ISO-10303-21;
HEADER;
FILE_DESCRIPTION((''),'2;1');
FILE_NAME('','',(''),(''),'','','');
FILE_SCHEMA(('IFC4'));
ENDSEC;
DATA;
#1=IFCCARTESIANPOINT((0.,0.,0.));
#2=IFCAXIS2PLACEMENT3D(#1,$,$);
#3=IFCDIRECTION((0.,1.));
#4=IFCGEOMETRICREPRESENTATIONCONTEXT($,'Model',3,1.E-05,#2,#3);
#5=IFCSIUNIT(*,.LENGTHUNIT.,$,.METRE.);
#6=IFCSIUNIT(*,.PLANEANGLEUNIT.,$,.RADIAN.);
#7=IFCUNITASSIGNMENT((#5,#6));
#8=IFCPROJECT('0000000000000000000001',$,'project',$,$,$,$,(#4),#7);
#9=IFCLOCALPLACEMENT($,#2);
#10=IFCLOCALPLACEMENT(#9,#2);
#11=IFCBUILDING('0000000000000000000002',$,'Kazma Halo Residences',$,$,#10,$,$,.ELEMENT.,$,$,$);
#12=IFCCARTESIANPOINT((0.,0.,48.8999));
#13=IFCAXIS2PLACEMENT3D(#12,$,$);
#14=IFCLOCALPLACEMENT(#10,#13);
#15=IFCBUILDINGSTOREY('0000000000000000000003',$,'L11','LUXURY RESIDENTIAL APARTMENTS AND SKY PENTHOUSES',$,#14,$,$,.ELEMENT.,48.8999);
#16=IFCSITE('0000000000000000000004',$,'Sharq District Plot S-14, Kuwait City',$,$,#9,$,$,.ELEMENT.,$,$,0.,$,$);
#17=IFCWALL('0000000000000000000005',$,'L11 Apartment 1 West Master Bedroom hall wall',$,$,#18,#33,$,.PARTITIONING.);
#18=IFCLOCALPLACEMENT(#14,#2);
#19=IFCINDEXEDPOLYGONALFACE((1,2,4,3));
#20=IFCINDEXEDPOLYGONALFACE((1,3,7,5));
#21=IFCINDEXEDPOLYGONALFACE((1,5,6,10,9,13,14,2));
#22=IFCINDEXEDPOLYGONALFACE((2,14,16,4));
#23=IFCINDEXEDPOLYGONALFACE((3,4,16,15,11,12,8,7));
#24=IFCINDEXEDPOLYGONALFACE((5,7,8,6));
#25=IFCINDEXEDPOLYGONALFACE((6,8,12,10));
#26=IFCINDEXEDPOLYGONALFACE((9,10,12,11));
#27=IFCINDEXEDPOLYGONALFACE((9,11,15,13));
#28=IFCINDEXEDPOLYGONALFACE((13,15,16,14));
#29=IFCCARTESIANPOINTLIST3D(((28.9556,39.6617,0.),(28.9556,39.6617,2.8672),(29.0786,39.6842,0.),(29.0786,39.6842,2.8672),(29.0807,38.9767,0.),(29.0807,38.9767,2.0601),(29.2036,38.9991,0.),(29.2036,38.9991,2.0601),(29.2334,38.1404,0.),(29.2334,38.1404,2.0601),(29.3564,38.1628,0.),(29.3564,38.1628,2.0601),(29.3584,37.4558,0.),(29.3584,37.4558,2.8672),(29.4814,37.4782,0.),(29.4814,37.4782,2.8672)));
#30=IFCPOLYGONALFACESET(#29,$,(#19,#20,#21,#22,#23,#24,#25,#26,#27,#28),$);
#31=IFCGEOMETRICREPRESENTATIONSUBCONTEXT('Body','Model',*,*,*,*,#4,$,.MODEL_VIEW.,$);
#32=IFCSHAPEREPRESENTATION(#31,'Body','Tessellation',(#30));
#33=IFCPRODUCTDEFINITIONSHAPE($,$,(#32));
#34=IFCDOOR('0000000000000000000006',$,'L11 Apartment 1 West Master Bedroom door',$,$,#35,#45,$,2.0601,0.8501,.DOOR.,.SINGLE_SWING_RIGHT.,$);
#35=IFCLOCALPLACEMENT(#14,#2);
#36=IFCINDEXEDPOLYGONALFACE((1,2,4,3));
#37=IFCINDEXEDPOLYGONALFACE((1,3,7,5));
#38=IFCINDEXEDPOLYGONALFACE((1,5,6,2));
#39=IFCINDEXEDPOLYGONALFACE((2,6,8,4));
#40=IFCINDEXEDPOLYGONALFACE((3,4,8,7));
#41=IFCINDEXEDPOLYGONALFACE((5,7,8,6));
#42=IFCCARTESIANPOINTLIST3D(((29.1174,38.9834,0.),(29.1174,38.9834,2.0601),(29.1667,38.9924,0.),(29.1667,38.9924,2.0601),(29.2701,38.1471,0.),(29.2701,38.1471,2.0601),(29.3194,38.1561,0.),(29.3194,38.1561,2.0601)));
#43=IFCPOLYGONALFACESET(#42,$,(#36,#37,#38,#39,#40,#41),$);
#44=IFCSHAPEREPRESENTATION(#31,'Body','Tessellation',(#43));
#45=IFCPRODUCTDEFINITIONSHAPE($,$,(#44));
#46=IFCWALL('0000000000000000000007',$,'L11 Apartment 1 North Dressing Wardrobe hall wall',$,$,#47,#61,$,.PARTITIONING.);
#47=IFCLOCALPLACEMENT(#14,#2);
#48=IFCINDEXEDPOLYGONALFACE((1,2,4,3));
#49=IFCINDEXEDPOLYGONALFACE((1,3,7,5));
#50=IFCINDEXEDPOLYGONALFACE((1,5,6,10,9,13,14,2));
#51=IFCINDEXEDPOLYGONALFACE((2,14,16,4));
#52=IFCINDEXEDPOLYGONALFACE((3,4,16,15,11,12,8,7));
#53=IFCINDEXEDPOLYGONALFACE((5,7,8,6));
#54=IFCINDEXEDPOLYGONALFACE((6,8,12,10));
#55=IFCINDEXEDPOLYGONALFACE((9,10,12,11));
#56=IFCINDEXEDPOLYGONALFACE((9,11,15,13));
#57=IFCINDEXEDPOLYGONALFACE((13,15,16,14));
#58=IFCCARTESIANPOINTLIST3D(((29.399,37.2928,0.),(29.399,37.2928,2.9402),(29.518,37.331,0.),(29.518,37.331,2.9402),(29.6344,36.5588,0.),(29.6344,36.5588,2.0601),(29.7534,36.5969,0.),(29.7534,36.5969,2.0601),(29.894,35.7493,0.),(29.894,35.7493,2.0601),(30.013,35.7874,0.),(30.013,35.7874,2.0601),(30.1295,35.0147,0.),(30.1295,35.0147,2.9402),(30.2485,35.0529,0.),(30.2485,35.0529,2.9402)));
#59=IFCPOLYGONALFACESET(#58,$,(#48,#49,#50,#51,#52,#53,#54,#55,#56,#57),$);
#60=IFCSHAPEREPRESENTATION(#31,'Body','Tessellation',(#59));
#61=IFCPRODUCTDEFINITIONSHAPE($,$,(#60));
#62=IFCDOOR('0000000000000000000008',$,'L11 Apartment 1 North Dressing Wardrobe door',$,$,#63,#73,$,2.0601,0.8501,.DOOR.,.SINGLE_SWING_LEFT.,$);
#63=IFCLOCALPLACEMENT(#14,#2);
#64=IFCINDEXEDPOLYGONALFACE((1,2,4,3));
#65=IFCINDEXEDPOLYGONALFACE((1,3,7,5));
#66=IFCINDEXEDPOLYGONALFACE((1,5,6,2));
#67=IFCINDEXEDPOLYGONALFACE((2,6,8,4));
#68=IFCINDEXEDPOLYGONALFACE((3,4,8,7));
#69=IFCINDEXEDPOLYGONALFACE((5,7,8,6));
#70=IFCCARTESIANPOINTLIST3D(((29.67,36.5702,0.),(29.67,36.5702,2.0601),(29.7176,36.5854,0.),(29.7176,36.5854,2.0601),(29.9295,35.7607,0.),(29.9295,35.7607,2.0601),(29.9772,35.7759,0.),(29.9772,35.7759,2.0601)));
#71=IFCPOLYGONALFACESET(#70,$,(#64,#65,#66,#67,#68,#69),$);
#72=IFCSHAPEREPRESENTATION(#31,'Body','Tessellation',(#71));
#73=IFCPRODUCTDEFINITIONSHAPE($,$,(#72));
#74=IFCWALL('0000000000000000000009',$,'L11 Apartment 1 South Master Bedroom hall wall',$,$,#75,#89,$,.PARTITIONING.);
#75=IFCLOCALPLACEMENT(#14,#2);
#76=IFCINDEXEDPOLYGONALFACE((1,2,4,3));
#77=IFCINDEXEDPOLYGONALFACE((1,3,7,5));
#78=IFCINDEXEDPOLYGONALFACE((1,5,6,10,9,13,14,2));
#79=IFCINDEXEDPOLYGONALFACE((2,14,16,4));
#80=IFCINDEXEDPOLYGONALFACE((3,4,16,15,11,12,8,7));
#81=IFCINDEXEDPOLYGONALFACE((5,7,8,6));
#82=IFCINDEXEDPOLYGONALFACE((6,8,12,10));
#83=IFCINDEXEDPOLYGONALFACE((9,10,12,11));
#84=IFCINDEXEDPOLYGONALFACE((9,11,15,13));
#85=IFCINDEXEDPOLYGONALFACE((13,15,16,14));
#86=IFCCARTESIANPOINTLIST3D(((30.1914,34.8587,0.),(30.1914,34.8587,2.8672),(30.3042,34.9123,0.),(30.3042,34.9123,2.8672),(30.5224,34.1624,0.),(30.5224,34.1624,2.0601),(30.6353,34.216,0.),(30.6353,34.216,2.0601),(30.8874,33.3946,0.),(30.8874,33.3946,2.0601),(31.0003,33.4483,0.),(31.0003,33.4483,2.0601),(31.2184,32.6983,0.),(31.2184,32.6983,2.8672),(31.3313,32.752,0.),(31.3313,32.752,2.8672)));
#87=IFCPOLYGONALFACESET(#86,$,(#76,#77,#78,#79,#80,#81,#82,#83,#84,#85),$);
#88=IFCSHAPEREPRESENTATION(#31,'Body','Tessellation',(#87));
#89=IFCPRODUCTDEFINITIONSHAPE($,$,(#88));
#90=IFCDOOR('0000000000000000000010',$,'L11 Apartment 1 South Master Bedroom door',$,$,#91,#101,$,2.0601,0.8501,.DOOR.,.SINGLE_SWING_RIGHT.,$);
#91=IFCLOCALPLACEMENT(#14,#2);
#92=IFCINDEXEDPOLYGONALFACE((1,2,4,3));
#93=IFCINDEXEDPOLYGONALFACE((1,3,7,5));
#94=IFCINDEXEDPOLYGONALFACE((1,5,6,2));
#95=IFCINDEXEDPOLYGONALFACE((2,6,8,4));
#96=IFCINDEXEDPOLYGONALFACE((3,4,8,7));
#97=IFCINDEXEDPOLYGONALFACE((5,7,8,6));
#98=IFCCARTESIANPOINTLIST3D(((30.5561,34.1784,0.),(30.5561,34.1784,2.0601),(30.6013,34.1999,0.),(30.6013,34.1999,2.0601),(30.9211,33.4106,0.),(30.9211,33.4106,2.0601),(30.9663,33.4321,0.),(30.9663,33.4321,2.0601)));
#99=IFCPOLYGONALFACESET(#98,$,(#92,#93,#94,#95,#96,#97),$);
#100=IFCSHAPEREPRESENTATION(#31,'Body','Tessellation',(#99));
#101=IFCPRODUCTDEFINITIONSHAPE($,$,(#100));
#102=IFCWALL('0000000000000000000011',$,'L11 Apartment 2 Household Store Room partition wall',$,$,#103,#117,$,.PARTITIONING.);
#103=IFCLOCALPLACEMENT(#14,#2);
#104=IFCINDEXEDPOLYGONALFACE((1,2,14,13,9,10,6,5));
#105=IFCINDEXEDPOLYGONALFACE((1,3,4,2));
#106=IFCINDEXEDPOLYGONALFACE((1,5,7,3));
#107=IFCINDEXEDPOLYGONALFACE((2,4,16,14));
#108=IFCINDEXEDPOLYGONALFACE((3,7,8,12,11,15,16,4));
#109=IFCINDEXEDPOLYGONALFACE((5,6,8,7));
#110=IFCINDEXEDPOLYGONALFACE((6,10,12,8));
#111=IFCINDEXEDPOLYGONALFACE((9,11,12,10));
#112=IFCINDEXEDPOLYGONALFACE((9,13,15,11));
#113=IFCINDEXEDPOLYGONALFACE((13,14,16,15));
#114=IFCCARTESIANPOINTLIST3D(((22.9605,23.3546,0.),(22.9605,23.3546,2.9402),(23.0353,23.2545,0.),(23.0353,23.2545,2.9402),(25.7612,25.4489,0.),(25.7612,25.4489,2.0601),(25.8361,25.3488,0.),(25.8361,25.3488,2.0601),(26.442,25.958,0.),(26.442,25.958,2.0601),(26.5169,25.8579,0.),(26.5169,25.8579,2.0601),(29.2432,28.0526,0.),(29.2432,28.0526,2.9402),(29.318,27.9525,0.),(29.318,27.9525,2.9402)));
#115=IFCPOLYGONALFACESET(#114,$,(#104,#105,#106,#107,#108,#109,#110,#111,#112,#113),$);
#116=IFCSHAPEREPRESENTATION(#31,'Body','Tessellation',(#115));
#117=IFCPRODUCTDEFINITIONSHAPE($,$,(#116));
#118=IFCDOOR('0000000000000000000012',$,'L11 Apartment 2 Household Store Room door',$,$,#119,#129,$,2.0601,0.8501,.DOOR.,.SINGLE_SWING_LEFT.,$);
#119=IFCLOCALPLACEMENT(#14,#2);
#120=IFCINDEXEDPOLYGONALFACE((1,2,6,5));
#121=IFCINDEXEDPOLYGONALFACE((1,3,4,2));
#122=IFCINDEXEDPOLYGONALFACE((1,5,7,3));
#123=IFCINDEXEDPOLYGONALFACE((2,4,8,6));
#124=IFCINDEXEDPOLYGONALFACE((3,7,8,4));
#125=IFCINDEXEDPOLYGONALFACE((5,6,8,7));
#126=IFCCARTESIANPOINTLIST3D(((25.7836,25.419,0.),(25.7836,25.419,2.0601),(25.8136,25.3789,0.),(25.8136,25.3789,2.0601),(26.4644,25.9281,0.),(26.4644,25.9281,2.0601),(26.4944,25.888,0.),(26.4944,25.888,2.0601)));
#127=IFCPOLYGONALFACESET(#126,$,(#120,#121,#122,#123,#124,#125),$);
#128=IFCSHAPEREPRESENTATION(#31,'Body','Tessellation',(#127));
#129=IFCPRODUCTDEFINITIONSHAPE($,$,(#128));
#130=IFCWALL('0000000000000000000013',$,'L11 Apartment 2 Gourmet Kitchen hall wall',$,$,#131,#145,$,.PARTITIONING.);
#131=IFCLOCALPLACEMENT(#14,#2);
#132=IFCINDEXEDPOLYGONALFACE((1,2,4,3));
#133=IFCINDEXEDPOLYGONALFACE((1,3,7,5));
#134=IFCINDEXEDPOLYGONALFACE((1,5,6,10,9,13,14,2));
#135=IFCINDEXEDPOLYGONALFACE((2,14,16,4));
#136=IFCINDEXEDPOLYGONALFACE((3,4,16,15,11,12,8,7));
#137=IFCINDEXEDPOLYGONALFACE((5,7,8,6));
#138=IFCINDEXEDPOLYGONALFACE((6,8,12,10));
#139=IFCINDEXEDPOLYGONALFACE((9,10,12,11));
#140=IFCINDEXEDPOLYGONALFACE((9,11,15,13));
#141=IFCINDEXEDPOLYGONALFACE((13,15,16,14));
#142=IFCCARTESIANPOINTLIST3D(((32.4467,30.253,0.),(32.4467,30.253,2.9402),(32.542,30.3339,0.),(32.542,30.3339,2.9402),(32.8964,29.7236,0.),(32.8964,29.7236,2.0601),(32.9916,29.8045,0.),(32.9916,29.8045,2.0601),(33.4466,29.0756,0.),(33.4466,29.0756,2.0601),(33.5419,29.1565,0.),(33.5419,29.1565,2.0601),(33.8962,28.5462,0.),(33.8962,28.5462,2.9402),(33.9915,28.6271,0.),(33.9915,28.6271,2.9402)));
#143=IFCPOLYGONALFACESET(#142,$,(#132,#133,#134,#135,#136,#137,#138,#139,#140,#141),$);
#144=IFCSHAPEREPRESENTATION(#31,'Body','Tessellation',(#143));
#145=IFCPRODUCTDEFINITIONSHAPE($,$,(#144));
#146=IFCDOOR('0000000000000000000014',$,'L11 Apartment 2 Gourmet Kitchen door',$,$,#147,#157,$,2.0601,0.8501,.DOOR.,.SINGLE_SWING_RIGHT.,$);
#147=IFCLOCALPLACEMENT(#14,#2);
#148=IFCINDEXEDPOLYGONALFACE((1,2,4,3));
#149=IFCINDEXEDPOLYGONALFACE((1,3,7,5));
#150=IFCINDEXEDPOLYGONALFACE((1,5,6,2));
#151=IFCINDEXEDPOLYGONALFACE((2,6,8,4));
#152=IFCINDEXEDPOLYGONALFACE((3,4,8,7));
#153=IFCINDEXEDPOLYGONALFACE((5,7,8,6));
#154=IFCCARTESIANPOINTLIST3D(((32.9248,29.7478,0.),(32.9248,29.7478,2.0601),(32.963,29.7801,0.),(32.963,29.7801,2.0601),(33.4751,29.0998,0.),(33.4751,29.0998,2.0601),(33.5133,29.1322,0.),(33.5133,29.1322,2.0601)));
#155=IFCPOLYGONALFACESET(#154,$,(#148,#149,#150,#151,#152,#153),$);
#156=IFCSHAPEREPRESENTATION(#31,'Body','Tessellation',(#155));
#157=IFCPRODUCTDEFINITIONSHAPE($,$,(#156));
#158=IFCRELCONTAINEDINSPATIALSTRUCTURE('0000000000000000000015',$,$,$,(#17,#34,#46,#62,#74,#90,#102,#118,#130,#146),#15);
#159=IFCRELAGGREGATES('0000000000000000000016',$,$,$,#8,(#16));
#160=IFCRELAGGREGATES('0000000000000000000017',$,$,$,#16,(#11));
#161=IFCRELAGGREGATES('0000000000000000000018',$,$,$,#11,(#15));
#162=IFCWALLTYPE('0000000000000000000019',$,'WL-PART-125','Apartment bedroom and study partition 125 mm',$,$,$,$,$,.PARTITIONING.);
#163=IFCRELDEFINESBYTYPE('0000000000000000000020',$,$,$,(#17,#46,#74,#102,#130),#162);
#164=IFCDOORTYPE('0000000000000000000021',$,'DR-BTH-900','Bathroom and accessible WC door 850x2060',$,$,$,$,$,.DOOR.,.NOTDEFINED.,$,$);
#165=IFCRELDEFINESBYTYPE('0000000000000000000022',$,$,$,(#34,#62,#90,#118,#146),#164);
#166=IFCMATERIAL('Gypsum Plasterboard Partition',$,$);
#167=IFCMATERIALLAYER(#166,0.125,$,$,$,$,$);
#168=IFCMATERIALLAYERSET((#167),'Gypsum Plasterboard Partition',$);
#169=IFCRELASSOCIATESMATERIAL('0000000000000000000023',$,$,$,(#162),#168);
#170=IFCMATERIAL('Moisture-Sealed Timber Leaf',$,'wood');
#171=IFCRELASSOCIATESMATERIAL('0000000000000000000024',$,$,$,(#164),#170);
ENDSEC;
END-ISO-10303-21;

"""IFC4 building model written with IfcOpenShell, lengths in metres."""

from ifc_helpers import new_model, si_unit, direction, frame, frame_2d, origin, place, context, subcontext, project, spatial, rectangle, extrude, material, layer, layer_set, type_object, element, fill, save


model = new_model("IFC4")

# Units and contexts
model_context = context("Model", 3, precision=1e-05, world=origin(), true_north=direction((0.0, 1.0)))
body_context = subcontext(model_context, "Body", "Model", "MODEL_VIEW")
ifc_project = project(units=[si_unit("LENGTHUNIT", "METRE"), si_unit("PLANEANGLEUNIT", "RADIAN")], contexts=[model_context])

# Site, building, storey
site_placement = place(None, origin())
site = spatial("IfcSite", under=ifc_project, at=site_placement, Name="Sharq District Plot S-14, Kuwait City", CompositionType="ELEMENT", RefElevation=0.0)
building_placement = place(site_placement, origin())
building = spatial("IfcBuilding", under=site, at=building_placement, Name="Kazma Halo Residences", CompositionType="ELEMENT")
storey_placement = place(building_placement, frame((0.0, 0.0, 48.8999)))
storey = spatial("IfcBuildingStorey", under=building, at=storey_placement, Name="L11", Description="LUXURY RESIDENTIAL APARTMENTS AND SKY PENTHOUSES", CompositionType="ELEMENT", Elevation=48.8999)

# Shared definitions
ifc_material_1 = material(Name="Gypsum Plasterboard Partition")
ifc_layer_1 = layer(ifc_material_1, 0.125)
ifc_layer_set_1 = layer_set([ifc_layer_1], Name="Gypsum Plasterboard Partition")
wall_type_1 = type_object("IfcWallType", Name="WL-PART-125", Description="Apartment bedroom and study partition 125 mm", PredefinedType="PARTITIONING", material=ifc_layer_set_1)

# Walls, openings, doors
wall_1_placement = place(storey_placement, frame((29.0171, 39.6729, 0.0), z_axis=(0.0, 0.0, 1.0), x_axis=(0.179633, -0.983734, 0.0)))
wall_1 = element("IfcWall", 1, at=wall_1_placement, inside=storey, type_object=wall_type_1, Name="L11 Apartment 1 West Master Bedroom hall wall", PredefinedType="PARTITIONING", context=body_context, shape_type="SweptSolid", body=[
    extrude(rectangle(XDim=2.2424, YDim=0.125, at=frame_2d((1.1211, 0.0))), origin(), (0.0, 0.0, 1.0), 2.8672),
])
opening_1_placement = place(wall_1_placement, frame((0.6963, 0.0, 0.0)))
opening_1 = element("IfcOpeningElement", 2, at=opening_1_placement, cuts=wall_1, PredefinedType="OPENING", context=body_context, shape_type="SweptSolid", body=[
    extrude(rectangle(XDim=0.8501, YDim=2.0601, at=frame_2d((0.425, 1.03))), frame((0.0, 0.0725, 0.0), z_axis=(0.0, -1.0, 0.0), x_axis=(1.0, 0.0, 0.0)), (0.0, 0.0, 1.0), 0.145),
])
ifc_material_2 = material(Name="Moisture-Sealed Timber Leaf", Category="wood")
door_type = type_object("IfcDoorType", Name="DR-BTH-900", Description="Bathroom and accessible WC door 850x2060", OperationType="NOTDEFINED", PredefinedType="DOOR", material=ifc_material_2)
door_1_placement = place(opening_1_placement, origin())
door_1 = element("IfcDoor", 3, at=door_1_placement, inside=storey, type_object=door_type, Name="L11 Apartment 1 West Master Bedroom door", OperationType="SINGLE_SWING_RIGHT", OverallHeight=2.0601, OverallWidth=0.8501, PredefinedType="DOOR", context=body_context, shape_type="SweptSolid", body=[
    extrude(rectangle(XDim=0.8501, YDim=2.0601, at=frame_2d((0.425, 1.03))), frame((0.0, 0.0249, 0.0), z_axis=(0.0, -1.0, 0.0), x_axis=(1.0, 0.0, 0.0)), (0.0, 0.0, 1.0), 0.05),
])
fill(opening_1, door_1)
wall_2_placement = place(storey_placement, frame((29.4585, 37.312, 0.0), z_axis=(0.0, 0.0, 1.0), x_axis=(0.305339, -0.952244, 0.0)))
wall_2 = element("IfcWall", 4, at=wall_2_placement, inside=storey, type_object=wall_type_1, Name="L11 Apartment 1 North Dressing Wardrobe hall wall", PredefinedType="PARTITIONING", context=body_context, shape_type="SweptSolid", body=[
    extrude(rectangle(XDim=2.3923, YDim=0.125, at=frame_2d((1.1963, 0.0))), origin(), (0.0, 0.0, 1.0), 2.9402),
])
opening_2_placement = place(wall_2_placement, frame((0.771, 0.0, 0.0)))
opening_2 = element("IfcOpeningElement", 5, at=opening_2_placement, cuts=wall_2, PredefinedType="OPENING", context=body_context, shape_type="SweptSolid", body=[
    extrude(rectangle(XDim=0.8501, YDim=2.0601, at=frame_2d((0.425, 1.03))), frame((0.0, 0.0725, 0.0), z_axis=(0.0, -1.0, 0.0), x_axis=(1.0, 0.0, 0.0)), (0.0, 0.0, 1.0), 0.145),
])
door_2_placement = place(opening_2_placement, origin())
door_2 = element("IfcDoor", 6, at=door_2_placement, inside=storey, type_object=door_type, Name="L11 Apartment 1 North Dressing Wardrobe door", OperationType="SINGLE_SWING_LEFT", OverallHeight=2.0601, OverallWidth=0.8501, PredefinedType="DOOR", context=body_context, shape_type="SweptSolid", body=[
    extrude(rectangle(XDim=0.8501, YDim=2.0601, at=frame_2d((0.425, 1.03))), frame((0.0, 0.0249, 0.0), z_axis=(0.0, -1.0, 0.0), x_axis=(1.0, 0.0, 0.0)), (0.0, 0.0, 1.0), 0.05),
])
fill(opening_2, door_2)
wall_3_placement = place(storey_placement, frame((30.2478, 34.8855, 0.0), z_axis=(0.0, 0.0, 1.0), x_axis=(0.429367, -0.90313, 0.0)))
wall_3 = element("IfcWall", 7, at=wall_3_placement, inside=storey, type_object=wall_type_1, Name="L11 Apartment 1 South Master Bedroom hall wall", PredefinedType="PARTITIONING", context=body_context, shape_type="SweptSolid", body=[
    extrude(rectangle(XDim=2.3921, YDim=0.125, at=frame_2d((1.196, 0.0))), origin(), (0.0, 0.0, 1.0), 2.8672),
])
opening_3_placement = place(wall_3_placement, frame((0.771, 0.0, 0.0)))
opening_3 = element("IfcOpeningElement", 8, at=opening_3_placement, cuts=wall_3, PredefinedType="OPENING", context=body_context, shape_type="SweptSolid", body=[
    extrude(rectangle(XDim=0.8501, YDim=2.0601, at=frame_2d((0.425, 1.03))), frame((0.0, 0.0725, 0.0), z_axis=(0.0, -1.0, 0.0), x_axis=(1.0, 0.0, 0.0)), (0.0, 0.0, 1.0), 0.145),
])
door_3_placement = place(opening_3_placement, origin())
door_3 = element("IfcDoor", 9, at=door_3_placement, inside=storey, type_object=door_type, Name="L11 Apartment 1 South Master Bedroom door", OperationType="SINGLE_SWING_RIGHT", OverallHeight=2.0601, OverallWidth=0.8501, PredefinedType="DOOR", context=body_context, shape_type="SweptSolid", body=[
    extrude(rectangle(XDim=0.8501, YDim=2.0601, at=frame_2d((0.425, 1.03))), frame((0.0, 0.0249, 0.0), z_axis=(0.0, -1.0, 0.0), x_axis=(1.0, 0.0, 0.0)), (0.0, 0.0, 1.0), 0.05),
])
fill(opening_3, door_3)
wall_4_placement = place(storey_placement, frame((29.2805, 28.0024, 0.0), z_axis=(0.0, 0.0, 1.0), x_axis=(-0.800858, -0.598854, 0.0)))
wall_4 = element("IfcWall", 10, at=wall_4_placement, inside=storey, type_object=wall_type_1, Name="L11 Apartment 2 Household Store Room partition wall", PredefinedType="PARTITIONING", context=body_context, shape_type="SweptSolid", body=[
    extrude(rectangle(XDim=7.845, YDim=0.125, at=frame_2d((3.9224, 0.0))), origin(), (0.0, 0.0, 1.0), 2.9402),
])
opening_4_placement = place(wall_4_placement, frame((3.4976, 0.0, 0.0)))
opening_4 = element("IfcOpeningElement", 11, at=opening_4_placement, cuts=wall_4, PredefinedType="OPENING", context=body_context, shape_type="SweptSolid", body=[
    extrude(rectangle(XDim=0.8501, YDim=2.0601, at=frame_2d((0.425, 1.03))), frame((0.0, 0.0725, 0.0), z_axis=(0.0, -1.0, 0.0), x_axis=(1.0, 0.0, 0.0)), (0.0, 0.0, 1.0), 0.145),
])
door_4_placement = place(opening_4_placement, origin())
door_4 = element("IfcDoor", 12, at=door_4_placement, inside=storey, type_object=door_type, Name="L11 Apartment 2 Household Store Room door", OperationType="SINGLE_SWING_LEFT", OverallHeight=2.0601, OverallWidth=0.8501, PredefinedType="DOOR", context=body_context, shape_type="SweptSolid", body=[
    extrude(rectangle(XDim=0.8501, YDim=2.0601, at=frame_2d((0.425, 1.03))), frame((0.0, 0.0249, 0.0), z_axis=(0.0, -1.0, 0.0), x_axis=(1.0, 0.0, 0.0)), (0.0, 0.0, 1.0), 0.05),
])
fill(opening_4, door_4)
wall_5_placement = place(storey_placement, frame((32.4944, 30.2935, 0.0), z_axis=(0.0, 0.0, 1.0), x_axis=(0.64731, -0.762227, 0.0)))
wall_5 = element("IfcWall", 13, at=wall_5_placement, inside=storey, type_object=wall_type_1, Name="L11 Apartment 2 Gourmet Kitchen hall wall", PredefinedType="PARTITIONING", context=body_context, shape_type="SweptSolid", body=[
    extrude(rectangle(XDim=2.2393, YDim=0.125, at=frame_2d((1.1196, 0.0))), origin(), (0.0, 0.0, 1.0), 2.9402),
])
opening_5_placement = place(wall_5_placement, frame((0.6946, 0.0, 0.0)))
opening_5 = element("IfcOpeningElement", 14, at=opening_5_placement, cuts=wall_5, PredefinedType="OPENING", context=body_context, shape_type="SweptSolid", body=[
    extrude(rectangle(XDim=0.8501, YDim=2.0601, at=frame_2d((0.425, 1.03))), frame((0.0, 0.0725, 0.0), z_axis=(0.0, -1.0, 0.0), x_axis=(1.0, 0.0, 0.0)), (0.0, 0.0, 1.0), 0.145),
])
door_5_placement = place(opening_5_placement, origin())
door_5 = element("IfcDoor", 15, at=door_5_placement, inside=storey, type_object=door_type, Name="L11 Apartment 2 Gourmet Kitchen door", OperationType="SINGLE_SWING_RIGHT", OverallHeight=2.0601, OverallWidth=0.8501, PredefinedType="DOOR", context=body_context, shape_type="SweptSolid", body=[
    extrude(rectangle(XDim=0.8501, YDim=2.0601, at=frame_2d((0.425, 1.03))), frame((0.0, 0.0249, 0.0), z_axis=(0.0, -1.0, 0.0), x_axis=(1.0, 0.0, 0.0)), (0.0, 0.0, 1.0), 0.05),
])
fill(opening_5, door_5)

save(model, "model.ifc")
